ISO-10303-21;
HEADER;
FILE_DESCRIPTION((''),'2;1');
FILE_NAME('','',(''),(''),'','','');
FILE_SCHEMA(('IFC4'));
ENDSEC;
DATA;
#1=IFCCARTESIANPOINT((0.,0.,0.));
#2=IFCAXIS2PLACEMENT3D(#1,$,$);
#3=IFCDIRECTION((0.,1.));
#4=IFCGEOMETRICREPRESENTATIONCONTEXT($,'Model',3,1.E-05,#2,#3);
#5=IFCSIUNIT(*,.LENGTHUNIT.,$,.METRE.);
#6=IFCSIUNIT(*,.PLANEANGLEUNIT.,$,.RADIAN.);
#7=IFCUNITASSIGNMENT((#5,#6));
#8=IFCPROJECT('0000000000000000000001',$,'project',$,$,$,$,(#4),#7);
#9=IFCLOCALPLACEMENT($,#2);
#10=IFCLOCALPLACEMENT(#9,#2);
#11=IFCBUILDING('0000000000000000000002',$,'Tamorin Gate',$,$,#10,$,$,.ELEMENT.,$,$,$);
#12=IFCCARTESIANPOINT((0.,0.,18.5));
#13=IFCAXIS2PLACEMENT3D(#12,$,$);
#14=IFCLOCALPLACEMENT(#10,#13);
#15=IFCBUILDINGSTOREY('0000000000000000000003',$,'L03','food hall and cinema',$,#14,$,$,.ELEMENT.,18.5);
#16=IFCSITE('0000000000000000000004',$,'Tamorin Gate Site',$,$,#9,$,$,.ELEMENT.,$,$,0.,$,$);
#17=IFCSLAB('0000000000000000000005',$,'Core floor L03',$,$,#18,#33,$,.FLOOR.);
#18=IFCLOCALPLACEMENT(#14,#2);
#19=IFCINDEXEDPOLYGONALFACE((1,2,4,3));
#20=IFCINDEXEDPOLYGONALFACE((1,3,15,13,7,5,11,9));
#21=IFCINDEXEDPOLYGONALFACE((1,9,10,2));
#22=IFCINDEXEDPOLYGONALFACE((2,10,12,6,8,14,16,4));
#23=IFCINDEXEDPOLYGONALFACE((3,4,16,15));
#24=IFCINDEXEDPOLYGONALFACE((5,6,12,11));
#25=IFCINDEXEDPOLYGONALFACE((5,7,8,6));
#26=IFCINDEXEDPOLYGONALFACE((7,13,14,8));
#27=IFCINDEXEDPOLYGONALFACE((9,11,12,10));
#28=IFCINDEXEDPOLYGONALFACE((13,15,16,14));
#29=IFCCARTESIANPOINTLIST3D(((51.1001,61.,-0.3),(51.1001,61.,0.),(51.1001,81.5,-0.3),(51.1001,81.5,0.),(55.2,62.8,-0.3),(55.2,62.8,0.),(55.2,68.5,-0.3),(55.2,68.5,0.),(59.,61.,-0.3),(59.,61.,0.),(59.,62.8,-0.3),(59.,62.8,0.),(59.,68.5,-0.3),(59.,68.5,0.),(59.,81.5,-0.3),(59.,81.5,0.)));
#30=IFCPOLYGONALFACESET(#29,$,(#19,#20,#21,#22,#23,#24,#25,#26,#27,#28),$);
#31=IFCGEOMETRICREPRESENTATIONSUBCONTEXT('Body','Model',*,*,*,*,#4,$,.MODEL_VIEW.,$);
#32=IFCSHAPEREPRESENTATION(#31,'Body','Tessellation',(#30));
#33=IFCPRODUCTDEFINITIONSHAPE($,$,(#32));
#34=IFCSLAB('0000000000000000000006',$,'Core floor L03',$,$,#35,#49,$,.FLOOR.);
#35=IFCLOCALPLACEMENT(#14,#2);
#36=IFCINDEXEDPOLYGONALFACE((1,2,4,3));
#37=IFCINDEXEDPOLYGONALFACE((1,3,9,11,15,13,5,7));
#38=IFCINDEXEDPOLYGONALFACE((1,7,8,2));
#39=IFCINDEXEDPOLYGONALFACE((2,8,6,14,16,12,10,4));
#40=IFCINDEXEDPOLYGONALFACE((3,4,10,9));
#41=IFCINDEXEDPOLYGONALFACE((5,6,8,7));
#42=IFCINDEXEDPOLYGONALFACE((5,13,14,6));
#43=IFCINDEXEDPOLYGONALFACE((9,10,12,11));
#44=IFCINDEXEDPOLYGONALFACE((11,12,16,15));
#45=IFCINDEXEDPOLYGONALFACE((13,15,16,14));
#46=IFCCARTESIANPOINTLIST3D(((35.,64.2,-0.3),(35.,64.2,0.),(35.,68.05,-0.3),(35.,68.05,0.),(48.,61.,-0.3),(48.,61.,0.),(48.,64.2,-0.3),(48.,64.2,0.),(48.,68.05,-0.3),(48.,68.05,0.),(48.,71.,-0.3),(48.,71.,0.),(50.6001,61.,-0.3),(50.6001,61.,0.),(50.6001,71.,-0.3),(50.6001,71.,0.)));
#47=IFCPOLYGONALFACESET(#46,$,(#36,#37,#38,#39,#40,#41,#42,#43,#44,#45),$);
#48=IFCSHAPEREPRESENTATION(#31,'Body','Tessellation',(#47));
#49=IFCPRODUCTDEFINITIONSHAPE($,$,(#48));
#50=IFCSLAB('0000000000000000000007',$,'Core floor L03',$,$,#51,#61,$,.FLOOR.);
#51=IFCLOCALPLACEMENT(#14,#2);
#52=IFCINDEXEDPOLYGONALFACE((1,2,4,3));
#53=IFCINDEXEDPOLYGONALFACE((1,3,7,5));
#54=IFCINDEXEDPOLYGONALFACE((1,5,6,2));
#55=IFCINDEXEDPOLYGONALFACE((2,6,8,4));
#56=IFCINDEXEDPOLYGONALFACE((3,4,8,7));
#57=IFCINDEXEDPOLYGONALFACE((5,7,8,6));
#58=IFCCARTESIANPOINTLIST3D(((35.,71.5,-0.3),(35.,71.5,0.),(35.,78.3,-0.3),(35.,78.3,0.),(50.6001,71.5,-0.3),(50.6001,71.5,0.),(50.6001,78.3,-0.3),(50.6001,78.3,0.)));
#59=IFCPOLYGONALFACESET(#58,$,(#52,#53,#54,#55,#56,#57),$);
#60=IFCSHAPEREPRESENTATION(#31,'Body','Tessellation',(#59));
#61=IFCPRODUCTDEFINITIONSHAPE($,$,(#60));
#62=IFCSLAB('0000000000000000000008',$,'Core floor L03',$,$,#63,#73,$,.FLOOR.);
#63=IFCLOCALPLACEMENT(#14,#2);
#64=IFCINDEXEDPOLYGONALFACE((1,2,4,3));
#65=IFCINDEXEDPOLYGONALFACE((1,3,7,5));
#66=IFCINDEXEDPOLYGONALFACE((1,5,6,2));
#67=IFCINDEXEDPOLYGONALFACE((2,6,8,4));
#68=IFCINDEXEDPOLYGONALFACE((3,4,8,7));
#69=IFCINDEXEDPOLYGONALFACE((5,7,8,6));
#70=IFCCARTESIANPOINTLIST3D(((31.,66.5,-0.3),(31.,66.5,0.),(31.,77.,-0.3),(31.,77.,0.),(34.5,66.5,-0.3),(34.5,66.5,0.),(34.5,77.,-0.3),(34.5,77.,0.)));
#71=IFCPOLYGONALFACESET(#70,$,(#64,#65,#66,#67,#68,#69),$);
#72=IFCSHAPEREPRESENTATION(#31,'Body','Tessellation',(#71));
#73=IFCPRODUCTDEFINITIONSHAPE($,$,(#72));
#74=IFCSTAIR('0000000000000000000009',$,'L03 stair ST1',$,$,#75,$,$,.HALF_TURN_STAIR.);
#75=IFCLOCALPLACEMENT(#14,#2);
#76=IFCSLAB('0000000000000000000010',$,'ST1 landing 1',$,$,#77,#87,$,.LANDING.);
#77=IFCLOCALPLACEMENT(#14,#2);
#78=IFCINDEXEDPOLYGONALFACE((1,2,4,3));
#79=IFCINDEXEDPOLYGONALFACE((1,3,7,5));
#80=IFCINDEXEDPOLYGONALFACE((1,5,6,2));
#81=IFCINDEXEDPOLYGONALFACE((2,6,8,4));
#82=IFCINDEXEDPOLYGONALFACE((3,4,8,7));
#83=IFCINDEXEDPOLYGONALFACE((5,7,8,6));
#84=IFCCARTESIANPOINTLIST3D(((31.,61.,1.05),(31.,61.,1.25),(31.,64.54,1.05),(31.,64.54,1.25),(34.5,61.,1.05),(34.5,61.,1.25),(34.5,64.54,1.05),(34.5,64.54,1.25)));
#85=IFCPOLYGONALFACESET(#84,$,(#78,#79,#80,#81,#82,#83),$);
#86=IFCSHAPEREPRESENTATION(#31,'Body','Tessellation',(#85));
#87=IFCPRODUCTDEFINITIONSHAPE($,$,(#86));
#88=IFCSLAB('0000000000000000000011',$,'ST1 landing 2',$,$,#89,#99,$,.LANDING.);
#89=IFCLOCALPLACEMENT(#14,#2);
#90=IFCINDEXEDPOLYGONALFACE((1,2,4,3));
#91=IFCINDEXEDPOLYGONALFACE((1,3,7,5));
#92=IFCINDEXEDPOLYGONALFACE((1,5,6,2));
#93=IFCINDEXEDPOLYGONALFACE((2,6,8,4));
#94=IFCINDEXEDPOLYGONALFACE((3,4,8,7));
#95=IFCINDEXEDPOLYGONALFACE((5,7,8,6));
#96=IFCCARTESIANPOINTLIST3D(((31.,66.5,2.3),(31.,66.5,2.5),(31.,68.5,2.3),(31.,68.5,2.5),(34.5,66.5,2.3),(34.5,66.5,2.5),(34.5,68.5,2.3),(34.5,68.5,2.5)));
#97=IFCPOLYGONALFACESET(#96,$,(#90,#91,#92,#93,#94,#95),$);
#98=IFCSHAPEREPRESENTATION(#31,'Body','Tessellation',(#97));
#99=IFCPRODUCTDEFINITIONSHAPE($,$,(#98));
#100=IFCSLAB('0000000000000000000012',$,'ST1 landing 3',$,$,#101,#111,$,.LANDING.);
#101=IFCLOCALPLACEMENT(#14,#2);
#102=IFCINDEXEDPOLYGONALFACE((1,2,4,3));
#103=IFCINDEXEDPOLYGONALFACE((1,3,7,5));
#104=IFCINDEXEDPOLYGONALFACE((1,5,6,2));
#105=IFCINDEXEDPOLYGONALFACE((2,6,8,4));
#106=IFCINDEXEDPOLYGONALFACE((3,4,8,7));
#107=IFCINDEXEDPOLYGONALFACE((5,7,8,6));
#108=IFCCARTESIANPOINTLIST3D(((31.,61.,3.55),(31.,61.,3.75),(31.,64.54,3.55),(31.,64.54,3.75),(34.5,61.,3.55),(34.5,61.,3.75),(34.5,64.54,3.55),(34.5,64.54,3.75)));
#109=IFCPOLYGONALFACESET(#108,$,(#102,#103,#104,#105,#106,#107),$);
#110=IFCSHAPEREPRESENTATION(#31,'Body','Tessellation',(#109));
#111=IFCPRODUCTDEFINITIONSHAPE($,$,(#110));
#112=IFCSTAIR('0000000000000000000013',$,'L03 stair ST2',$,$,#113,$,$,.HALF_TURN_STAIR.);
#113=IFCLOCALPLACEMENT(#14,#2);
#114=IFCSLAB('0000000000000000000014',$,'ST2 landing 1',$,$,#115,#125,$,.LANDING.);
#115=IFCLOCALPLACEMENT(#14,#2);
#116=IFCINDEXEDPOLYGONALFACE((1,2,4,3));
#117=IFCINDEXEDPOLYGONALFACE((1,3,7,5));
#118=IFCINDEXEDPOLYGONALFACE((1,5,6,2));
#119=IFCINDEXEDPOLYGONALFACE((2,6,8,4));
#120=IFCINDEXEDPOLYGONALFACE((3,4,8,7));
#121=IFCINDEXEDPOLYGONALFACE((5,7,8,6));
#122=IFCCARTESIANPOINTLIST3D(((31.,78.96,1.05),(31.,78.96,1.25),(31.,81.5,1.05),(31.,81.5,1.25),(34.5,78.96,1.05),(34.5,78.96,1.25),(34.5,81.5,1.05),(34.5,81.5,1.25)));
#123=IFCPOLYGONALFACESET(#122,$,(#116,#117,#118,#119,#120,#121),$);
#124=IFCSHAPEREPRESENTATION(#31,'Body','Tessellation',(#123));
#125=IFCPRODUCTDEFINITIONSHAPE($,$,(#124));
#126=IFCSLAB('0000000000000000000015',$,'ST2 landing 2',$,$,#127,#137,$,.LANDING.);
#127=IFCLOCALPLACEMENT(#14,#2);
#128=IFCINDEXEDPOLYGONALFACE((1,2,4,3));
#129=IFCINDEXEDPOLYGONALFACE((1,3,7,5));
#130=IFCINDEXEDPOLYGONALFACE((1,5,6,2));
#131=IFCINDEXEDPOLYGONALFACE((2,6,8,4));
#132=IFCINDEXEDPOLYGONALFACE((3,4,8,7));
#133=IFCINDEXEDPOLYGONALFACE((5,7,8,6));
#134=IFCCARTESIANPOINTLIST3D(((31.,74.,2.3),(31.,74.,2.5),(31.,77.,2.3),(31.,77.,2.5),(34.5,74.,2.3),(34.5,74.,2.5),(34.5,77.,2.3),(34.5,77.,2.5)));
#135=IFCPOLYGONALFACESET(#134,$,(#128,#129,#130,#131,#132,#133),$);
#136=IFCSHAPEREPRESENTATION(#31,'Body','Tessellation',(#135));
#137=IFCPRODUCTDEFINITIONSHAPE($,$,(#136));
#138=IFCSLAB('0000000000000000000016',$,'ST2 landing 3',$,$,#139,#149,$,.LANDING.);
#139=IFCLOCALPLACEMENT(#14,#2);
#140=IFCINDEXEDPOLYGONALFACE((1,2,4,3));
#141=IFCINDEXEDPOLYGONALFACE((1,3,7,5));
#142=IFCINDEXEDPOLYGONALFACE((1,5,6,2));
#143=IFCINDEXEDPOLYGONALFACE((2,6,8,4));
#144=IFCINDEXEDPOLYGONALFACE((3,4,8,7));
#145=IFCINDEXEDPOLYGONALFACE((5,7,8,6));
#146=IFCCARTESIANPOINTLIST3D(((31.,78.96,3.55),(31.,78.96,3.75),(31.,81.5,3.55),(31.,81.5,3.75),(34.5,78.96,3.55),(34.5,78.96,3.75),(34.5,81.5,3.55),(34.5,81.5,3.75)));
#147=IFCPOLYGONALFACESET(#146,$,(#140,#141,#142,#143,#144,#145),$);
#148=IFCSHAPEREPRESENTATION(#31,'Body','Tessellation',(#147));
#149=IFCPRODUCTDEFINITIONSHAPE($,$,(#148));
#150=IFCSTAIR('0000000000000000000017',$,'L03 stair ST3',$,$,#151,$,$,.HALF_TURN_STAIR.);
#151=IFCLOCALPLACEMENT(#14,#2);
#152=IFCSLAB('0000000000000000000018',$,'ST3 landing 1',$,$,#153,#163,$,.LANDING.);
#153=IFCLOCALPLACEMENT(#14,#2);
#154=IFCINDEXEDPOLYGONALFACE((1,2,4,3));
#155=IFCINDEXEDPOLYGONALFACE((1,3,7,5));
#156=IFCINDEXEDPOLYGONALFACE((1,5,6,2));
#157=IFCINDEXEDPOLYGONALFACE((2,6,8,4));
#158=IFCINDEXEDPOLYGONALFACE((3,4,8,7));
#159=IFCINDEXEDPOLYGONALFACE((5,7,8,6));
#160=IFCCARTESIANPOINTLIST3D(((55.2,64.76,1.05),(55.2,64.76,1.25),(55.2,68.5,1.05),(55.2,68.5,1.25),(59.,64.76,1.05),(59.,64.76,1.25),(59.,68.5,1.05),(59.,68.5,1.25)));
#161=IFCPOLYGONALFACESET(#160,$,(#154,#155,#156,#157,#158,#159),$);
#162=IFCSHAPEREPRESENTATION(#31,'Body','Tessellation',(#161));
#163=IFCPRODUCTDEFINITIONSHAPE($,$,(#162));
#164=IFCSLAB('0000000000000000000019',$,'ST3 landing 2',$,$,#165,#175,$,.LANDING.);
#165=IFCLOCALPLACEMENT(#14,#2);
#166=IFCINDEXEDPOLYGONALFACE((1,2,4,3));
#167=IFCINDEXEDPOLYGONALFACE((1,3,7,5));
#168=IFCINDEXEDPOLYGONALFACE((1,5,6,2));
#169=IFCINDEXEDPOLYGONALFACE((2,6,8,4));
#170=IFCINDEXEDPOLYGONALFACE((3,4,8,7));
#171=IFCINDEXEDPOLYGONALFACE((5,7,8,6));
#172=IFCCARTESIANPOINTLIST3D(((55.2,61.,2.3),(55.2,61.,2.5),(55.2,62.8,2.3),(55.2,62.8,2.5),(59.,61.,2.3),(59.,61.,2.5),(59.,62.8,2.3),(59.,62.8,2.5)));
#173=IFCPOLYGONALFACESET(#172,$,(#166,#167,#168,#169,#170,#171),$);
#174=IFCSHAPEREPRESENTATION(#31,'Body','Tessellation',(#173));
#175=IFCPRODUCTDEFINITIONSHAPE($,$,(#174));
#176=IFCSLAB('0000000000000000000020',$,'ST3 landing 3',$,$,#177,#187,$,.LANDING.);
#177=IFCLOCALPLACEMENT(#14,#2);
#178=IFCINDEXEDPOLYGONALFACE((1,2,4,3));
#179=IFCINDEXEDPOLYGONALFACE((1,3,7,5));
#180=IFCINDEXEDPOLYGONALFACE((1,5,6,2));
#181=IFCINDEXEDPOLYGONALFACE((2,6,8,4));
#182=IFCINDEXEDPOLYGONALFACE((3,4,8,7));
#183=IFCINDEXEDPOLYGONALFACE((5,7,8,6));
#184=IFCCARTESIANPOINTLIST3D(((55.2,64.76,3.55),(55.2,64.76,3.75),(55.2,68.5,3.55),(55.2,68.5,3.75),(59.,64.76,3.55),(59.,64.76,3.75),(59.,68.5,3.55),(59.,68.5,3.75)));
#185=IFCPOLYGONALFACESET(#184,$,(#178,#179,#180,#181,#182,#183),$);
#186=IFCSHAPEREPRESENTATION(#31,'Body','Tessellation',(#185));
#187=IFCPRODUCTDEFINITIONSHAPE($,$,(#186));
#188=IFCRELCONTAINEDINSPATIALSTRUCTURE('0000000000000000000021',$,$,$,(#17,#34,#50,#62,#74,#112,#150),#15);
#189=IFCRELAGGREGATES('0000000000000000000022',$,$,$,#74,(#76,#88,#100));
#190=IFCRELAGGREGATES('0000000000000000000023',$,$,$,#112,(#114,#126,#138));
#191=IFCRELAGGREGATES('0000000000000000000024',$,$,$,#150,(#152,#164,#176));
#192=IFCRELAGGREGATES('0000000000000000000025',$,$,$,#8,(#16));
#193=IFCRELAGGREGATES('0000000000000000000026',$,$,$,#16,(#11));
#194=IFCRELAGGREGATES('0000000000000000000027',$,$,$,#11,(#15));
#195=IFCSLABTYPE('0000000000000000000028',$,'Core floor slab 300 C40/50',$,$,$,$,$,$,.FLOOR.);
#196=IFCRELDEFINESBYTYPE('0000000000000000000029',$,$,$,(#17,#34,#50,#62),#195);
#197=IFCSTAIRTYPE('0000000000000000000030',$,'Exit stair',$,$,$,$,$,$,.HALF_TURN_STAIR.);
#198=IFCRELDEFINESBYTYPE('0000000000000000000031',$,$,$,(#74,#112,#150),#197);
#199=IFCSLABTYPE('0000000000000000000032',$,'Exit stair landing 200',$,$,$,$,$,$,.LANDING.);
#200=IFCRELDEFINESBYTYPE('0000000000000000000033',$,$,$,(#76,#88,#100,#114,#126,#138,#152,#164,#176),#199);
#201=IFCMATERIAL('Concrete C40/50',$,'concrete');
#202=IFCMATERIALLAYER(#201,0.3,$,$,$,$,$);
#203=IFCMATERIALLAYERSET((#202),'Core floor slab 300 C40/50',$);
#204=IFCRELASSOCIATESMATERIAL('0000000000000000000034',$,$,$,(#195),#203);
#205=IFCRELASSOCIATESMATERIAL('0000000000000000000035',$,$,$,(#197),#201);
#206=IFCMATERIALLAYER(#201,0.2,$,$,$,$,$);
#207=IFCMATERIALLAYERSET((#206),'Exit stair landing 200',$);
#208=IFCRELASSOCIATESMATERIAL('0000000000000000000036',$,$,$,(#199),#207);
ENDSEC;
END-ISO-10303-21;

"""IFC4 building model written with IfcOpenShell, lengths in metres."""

from ifc_helpers import new_model, si_unit, direction, frame, origin, place, context, subcontext, project, spatial, polyline, outline, extrude, material, layer, layer_set, type_object, element, aggregate, save


model = new_model("IFC4")

# Units and contexts
model_context = context("Model", 3, precision=1e-05, world=origin(), true_north=direction((0.0, 1.0)))
body_context = subcontext(model_context, "Body", "Model", "MODEL_VIEW")
ifc_project = project(units=[si_unit("LENGTHUNIT", "METRE"), si_unit("PLANEANGLEUNIT", "RADIAN")], contexts=[model_context])

# Site, building, storey
site_placement = place(None, origin())
site = spatial("IfcSite", under=ifc_project, at=site_placement, Name="Tamorin Gate Site", CompositionType="ELEMENT", RefElevation=0.0)
building_placement = place(site_placement, origin())
building = spatial("IfcBuilding", under=site, at=building_placement, Name="Tamorin Gate", CompositionType="ELEMENT")
storey_placement = place(building_placement, frame((0.0, 0.0, 18.5)))
storey = spatial("IfcBuildingStorey", under=building, at=storey_placement, Name="L03", Description="food hall and cinema", CompositionType="ELEMENT", Elevation=18.5)

# Slabs
ifc_material_1 = material(Name="Concrete C40/50", Category="concrete")
ifc_layer_1 = layer(ifc_material_1, 0.3)
ifc_layer_set_1 = layer_set([ifc_layer_1], Name="Core floor slab 300 C40/50")
slab_type_1 = type_object("IfcSlabType", Name="Core floor slab 300 C40/50", PredefinedType="FLOOR", material=ifc_layer_set_1)
slab_1_placement = place(storey_placement, frame((0.0, 0.0, -0.3)))
element("IfcSlab", 1, at=slab_1_placement, inside=storey, type_object=slab_type_1, Name="Core floor L03", PredefinedType="FLOOR", context=body_context, shape_type="SweptSolid", body=[
    extrude(outline(polyline([(59.0, 62.8), (59.0, 61.0), (51.1001, 61.0), (51.1001, 81.5), (59.0, 81.5), (59.0, 68.5), (55.2, 68.5), (55.2, 62.8), (59.0, 62.8)])), origin(), (0.0, 0.0, 1.0), 0.3),
])
slab_2_placement = place(storey_placement, frame((0.0, 0.0, -0.3)))
element("IfcSlab", 2, at=slab_2_placement, inside=storey, type_object=slab_type_1, Name="Core floor L03", PredefinedType="FLOOR", context=body_context, shape_type="SweptSolid", body=[
    extrude(outline(polyline([(50.6001, 61.0), (48.0, 61.0), (48.0, 64.2), (35.0, 64.2), (35.0, 68.05), (48.0, 68.05), (48.0, 71.0), (50.6001, 71.0), (50.6001, 61.0)])), origin(), (0.0, 0.0, 1.0), 0.3),
])
slab_3_placement = place(storey_placement, frame((0.0, 0.0, -0.3)))
element("IfcSlab", 3, at=slab_3_placement, inside=storey, type_object=slab_type_1, Name="Core floor L03", PredefinedType="FLOOR", context=body_context, shape_type="SweptSolid", body=[
    extrude(outline(polyline([(50.6001, 71.5), (35.0, 71.5), (35.0, 78.3), (50.6001, 78.3), (50.6001, 71.5)])), origin(), (0.0, 0.0, 1.0), 0.3),
])
slab_4_placement = place(storey_placement, frame((0.0, 0.0, -0.3)))
element("IfcSlab", 4, at=slab_4_placement, inside=storey, type_object=slab_type_1, Name="Core floor L03", PredefinedType="FLOOR", context=body_context, shape_type="SweptSolid", body=[
    extrude(outline(polyline([(31.0, 66.5), (31.0, 77.0), (34.5, 77.0), (34.5, 66.5), (31.0, 66.5)])), origin(), (0.0, 0.0, 1.0), 0.3),
])

# Stairs, slabs
stair_type_1 = type_object("IfcStairType", Name="Exit stair", PredefinedType="HALF_TURN_STAIR", material=ifc_material_1)
stair_1_placement = place(storey_placement, origin())
stair_1 = element("IfcStair", 5, at=stair_1_placement, inside=storey, type_object=stair_type_1, Name="L03 stair ST1", PredefinedType="HALF_TURN_STAIR")
ifc_layer_2 = layer(ifc_material_1, 0.2)
ifc_layer_set_2 = layer_set([ifc_layer_2], Name="Exit stair landing 200")
slab_type_2 = type_object("IfcSlabType", Name="Exit stair landing 200", PredefinedType="LANDING", material=ifc_layer_set_2)
slab_5_placement = place(storey_placement, frame((0.0, 0.0, 1.05)))
slab_5 = element("IfcSlab", 6, at=slab_5_placement, type_object=slab_type_2, Name="ST1 landing 1", PredefinedType="LANDING", context=body_context, shape_type="SweptSolid", body=[
    extrude(outline(polyline([(31.0, 64.54), (31.0, 61.0), (34.5, 61.0), (34.5, 64.54), (31.0, 64.54)])), origin(), (0.0, 0.0, 1.0), 0.2),
])
slab_6_placement = place(storey_placement, frame((0.0, 0.0, 2.3)))
slab_6 = element("IfcSlab", 7, at=slab_6_placement, type_object=slab_type_2, Name="ST1 landing 2", PredefinedType="LANDING", context=body_context, shape_type="SweptSolid", body=[
    extrude(outline(polyline([(31.0, 68.5), (31.0, 66.5), (34.5, 66.5), (34.5, 68.5), (31.0, 68.5)])), origin(), (0.0, 0.0, 1.0), 0.2),
])
slab_7_placement = place(storey_placement, frame((0.0, 0.0, 3.55)))
slab_7 = element("IfcSlab", 8, at=slab_7_placement, type_object=slab_type_2, Name="ST1 landing 3", PredefinedType="LANDING", context=body_context, shape_type="SweptSolid", body=[
    extrude(outline(polyline([(31.0, 64.54), (31.0, 61.0), (34.5, 61.0), (34.5, 64.54), (31.0, 64.54)])), origin(), (0.0, 0.0, 1.0), 0.2),
])
aggregate(stair_1, [slab_5, slab_6, slab_7])
stair_2_placement = place(storey_placement, origin())
stair_2 = element("IfcStair", 9, at=stair_2_placement, inside=storey, type_object=stair_type_1, Name="L03 stair ST2", PredefinedType="HALF_TURN_STAIR")
slab_8_placement = place(storey_placement, frame((0.0, 0.0, 1.05)))
slab_8 = element("IfcSlab", 10, at=slab_8_placement, type_object=slab_type_2, Name="ST2 landing 1", PredefinedType="LANDING", context=body_context, shape_type="SweptSolid", body=[
    extrude(outline(polyline([(34.5, 78.96), (34.5, 81.5), (31.0, 81.5), (31.0, 78.96), (34.5, 78.96)])), origin(), (0.0, 0.0, 1.0), 0.2),
])
slab_9_placement = place(storey_placement, frame((0.0, 0.0, 2.3)))
slab_9 = element("IfcSlab", 11, at=slab_9_placement, type_object=slab_type_2, Name="ST2 landing 2", PredefinedType="LANDING", context=body_context, shape_type="SweptSolid", body=[
    extrude(outline(polyline([(34.5, 74.0), (34.5, 77.0), (31.0, 77.0), (31.0, 74.0), (34.5, 74.0)])), origin(), (0.0, 0.0, 1.0), 0.2),
])
slab_10_placement = place(storey_placement, frame((0.0, 0.0, 3.55)))
slab_10 = element("IfcSlab", 12, at=slab_10_placement, type_object=slab_type_2, Name="ST2 landing 3", PredefinedType="LANDING", context=body_context, shape_type="SweptSolid", body=[
    extrude(outline(polyline([(34.5, 78.96), (34.5, 81.5), (31.0, 81.5), (31.0, 78.96), (34.5, 78.96)])), origin(), (0.0, 0.0, 1.0), 0.2),
])
aggregate(stair_2, [slab_8, slab_9, slab_10])
stair_3_placement = place(storey_placement, origin())
stair_3 = element("IfcStair", 13, at=stair_3_placement, inside=storey, type_object=stair_type_1, Name="L03 stair ST3", PredefinedType="HALF_TURN_STAIR")
slab_11_placement = place(storey_placement, frame((0.0, 0.0, 1.05)))
slab_11 = element("IfcSlab", 14, at=slab_11_placement, type_object=slab_type_2, Name="ST3 landing 1", PredefinedType="LANDING", context=body_context, shape_type="SweptSolid", body=[
    extrude(outline(polyline([(59.0, 64.76), (59.0, 68.5), (55.2, 68.5), (55.2, 64.76), (59.0, 64.76)])), origin(), (0.0, 0.0, 1.0), 0.2),
])
slab_12_placement = place(storey_placement, frame((0.0, 0.0, 2.3)))
slab_12 = element("IfcSlab", 15, at=slab_12_placement, type_object=slab_type_2, Name="ST3 landing 2", PredefinedType="LANDING", context=body_context, shape_type="SweptSolid", body=[
    extrude(outline(polyline([(59.0, 61.0), (59.0, 62.8), (55.2, 62.8), (55.2, 61.0), (59.0, 61.0)])), origin(), (0.0, 0.0, 1.0), 0.2),
])
slab_13_placement = place(storey_placement, frame((0.0, 0.0, 3.55)))
slab_13 = element("IfcSlab", 16, at=slab_13_placement, type_object=slab_type_2, Name="ST3 landing 3", PredefinedType="LANDING", context=body_context, shape_type="SweptSolid", body=[
    extrude(outline(polyline([(59.0, 64.76), (59.0, 68.5), (55.2, 68.5), (55.2, 64.76), (59.0, 64.76)])), origin(), (0.0, 0.0, 1.0), 0.2),
])
aggregate(stair_3, [slab_11, slab_12, slab_13])

save(model, "model.ifc")
